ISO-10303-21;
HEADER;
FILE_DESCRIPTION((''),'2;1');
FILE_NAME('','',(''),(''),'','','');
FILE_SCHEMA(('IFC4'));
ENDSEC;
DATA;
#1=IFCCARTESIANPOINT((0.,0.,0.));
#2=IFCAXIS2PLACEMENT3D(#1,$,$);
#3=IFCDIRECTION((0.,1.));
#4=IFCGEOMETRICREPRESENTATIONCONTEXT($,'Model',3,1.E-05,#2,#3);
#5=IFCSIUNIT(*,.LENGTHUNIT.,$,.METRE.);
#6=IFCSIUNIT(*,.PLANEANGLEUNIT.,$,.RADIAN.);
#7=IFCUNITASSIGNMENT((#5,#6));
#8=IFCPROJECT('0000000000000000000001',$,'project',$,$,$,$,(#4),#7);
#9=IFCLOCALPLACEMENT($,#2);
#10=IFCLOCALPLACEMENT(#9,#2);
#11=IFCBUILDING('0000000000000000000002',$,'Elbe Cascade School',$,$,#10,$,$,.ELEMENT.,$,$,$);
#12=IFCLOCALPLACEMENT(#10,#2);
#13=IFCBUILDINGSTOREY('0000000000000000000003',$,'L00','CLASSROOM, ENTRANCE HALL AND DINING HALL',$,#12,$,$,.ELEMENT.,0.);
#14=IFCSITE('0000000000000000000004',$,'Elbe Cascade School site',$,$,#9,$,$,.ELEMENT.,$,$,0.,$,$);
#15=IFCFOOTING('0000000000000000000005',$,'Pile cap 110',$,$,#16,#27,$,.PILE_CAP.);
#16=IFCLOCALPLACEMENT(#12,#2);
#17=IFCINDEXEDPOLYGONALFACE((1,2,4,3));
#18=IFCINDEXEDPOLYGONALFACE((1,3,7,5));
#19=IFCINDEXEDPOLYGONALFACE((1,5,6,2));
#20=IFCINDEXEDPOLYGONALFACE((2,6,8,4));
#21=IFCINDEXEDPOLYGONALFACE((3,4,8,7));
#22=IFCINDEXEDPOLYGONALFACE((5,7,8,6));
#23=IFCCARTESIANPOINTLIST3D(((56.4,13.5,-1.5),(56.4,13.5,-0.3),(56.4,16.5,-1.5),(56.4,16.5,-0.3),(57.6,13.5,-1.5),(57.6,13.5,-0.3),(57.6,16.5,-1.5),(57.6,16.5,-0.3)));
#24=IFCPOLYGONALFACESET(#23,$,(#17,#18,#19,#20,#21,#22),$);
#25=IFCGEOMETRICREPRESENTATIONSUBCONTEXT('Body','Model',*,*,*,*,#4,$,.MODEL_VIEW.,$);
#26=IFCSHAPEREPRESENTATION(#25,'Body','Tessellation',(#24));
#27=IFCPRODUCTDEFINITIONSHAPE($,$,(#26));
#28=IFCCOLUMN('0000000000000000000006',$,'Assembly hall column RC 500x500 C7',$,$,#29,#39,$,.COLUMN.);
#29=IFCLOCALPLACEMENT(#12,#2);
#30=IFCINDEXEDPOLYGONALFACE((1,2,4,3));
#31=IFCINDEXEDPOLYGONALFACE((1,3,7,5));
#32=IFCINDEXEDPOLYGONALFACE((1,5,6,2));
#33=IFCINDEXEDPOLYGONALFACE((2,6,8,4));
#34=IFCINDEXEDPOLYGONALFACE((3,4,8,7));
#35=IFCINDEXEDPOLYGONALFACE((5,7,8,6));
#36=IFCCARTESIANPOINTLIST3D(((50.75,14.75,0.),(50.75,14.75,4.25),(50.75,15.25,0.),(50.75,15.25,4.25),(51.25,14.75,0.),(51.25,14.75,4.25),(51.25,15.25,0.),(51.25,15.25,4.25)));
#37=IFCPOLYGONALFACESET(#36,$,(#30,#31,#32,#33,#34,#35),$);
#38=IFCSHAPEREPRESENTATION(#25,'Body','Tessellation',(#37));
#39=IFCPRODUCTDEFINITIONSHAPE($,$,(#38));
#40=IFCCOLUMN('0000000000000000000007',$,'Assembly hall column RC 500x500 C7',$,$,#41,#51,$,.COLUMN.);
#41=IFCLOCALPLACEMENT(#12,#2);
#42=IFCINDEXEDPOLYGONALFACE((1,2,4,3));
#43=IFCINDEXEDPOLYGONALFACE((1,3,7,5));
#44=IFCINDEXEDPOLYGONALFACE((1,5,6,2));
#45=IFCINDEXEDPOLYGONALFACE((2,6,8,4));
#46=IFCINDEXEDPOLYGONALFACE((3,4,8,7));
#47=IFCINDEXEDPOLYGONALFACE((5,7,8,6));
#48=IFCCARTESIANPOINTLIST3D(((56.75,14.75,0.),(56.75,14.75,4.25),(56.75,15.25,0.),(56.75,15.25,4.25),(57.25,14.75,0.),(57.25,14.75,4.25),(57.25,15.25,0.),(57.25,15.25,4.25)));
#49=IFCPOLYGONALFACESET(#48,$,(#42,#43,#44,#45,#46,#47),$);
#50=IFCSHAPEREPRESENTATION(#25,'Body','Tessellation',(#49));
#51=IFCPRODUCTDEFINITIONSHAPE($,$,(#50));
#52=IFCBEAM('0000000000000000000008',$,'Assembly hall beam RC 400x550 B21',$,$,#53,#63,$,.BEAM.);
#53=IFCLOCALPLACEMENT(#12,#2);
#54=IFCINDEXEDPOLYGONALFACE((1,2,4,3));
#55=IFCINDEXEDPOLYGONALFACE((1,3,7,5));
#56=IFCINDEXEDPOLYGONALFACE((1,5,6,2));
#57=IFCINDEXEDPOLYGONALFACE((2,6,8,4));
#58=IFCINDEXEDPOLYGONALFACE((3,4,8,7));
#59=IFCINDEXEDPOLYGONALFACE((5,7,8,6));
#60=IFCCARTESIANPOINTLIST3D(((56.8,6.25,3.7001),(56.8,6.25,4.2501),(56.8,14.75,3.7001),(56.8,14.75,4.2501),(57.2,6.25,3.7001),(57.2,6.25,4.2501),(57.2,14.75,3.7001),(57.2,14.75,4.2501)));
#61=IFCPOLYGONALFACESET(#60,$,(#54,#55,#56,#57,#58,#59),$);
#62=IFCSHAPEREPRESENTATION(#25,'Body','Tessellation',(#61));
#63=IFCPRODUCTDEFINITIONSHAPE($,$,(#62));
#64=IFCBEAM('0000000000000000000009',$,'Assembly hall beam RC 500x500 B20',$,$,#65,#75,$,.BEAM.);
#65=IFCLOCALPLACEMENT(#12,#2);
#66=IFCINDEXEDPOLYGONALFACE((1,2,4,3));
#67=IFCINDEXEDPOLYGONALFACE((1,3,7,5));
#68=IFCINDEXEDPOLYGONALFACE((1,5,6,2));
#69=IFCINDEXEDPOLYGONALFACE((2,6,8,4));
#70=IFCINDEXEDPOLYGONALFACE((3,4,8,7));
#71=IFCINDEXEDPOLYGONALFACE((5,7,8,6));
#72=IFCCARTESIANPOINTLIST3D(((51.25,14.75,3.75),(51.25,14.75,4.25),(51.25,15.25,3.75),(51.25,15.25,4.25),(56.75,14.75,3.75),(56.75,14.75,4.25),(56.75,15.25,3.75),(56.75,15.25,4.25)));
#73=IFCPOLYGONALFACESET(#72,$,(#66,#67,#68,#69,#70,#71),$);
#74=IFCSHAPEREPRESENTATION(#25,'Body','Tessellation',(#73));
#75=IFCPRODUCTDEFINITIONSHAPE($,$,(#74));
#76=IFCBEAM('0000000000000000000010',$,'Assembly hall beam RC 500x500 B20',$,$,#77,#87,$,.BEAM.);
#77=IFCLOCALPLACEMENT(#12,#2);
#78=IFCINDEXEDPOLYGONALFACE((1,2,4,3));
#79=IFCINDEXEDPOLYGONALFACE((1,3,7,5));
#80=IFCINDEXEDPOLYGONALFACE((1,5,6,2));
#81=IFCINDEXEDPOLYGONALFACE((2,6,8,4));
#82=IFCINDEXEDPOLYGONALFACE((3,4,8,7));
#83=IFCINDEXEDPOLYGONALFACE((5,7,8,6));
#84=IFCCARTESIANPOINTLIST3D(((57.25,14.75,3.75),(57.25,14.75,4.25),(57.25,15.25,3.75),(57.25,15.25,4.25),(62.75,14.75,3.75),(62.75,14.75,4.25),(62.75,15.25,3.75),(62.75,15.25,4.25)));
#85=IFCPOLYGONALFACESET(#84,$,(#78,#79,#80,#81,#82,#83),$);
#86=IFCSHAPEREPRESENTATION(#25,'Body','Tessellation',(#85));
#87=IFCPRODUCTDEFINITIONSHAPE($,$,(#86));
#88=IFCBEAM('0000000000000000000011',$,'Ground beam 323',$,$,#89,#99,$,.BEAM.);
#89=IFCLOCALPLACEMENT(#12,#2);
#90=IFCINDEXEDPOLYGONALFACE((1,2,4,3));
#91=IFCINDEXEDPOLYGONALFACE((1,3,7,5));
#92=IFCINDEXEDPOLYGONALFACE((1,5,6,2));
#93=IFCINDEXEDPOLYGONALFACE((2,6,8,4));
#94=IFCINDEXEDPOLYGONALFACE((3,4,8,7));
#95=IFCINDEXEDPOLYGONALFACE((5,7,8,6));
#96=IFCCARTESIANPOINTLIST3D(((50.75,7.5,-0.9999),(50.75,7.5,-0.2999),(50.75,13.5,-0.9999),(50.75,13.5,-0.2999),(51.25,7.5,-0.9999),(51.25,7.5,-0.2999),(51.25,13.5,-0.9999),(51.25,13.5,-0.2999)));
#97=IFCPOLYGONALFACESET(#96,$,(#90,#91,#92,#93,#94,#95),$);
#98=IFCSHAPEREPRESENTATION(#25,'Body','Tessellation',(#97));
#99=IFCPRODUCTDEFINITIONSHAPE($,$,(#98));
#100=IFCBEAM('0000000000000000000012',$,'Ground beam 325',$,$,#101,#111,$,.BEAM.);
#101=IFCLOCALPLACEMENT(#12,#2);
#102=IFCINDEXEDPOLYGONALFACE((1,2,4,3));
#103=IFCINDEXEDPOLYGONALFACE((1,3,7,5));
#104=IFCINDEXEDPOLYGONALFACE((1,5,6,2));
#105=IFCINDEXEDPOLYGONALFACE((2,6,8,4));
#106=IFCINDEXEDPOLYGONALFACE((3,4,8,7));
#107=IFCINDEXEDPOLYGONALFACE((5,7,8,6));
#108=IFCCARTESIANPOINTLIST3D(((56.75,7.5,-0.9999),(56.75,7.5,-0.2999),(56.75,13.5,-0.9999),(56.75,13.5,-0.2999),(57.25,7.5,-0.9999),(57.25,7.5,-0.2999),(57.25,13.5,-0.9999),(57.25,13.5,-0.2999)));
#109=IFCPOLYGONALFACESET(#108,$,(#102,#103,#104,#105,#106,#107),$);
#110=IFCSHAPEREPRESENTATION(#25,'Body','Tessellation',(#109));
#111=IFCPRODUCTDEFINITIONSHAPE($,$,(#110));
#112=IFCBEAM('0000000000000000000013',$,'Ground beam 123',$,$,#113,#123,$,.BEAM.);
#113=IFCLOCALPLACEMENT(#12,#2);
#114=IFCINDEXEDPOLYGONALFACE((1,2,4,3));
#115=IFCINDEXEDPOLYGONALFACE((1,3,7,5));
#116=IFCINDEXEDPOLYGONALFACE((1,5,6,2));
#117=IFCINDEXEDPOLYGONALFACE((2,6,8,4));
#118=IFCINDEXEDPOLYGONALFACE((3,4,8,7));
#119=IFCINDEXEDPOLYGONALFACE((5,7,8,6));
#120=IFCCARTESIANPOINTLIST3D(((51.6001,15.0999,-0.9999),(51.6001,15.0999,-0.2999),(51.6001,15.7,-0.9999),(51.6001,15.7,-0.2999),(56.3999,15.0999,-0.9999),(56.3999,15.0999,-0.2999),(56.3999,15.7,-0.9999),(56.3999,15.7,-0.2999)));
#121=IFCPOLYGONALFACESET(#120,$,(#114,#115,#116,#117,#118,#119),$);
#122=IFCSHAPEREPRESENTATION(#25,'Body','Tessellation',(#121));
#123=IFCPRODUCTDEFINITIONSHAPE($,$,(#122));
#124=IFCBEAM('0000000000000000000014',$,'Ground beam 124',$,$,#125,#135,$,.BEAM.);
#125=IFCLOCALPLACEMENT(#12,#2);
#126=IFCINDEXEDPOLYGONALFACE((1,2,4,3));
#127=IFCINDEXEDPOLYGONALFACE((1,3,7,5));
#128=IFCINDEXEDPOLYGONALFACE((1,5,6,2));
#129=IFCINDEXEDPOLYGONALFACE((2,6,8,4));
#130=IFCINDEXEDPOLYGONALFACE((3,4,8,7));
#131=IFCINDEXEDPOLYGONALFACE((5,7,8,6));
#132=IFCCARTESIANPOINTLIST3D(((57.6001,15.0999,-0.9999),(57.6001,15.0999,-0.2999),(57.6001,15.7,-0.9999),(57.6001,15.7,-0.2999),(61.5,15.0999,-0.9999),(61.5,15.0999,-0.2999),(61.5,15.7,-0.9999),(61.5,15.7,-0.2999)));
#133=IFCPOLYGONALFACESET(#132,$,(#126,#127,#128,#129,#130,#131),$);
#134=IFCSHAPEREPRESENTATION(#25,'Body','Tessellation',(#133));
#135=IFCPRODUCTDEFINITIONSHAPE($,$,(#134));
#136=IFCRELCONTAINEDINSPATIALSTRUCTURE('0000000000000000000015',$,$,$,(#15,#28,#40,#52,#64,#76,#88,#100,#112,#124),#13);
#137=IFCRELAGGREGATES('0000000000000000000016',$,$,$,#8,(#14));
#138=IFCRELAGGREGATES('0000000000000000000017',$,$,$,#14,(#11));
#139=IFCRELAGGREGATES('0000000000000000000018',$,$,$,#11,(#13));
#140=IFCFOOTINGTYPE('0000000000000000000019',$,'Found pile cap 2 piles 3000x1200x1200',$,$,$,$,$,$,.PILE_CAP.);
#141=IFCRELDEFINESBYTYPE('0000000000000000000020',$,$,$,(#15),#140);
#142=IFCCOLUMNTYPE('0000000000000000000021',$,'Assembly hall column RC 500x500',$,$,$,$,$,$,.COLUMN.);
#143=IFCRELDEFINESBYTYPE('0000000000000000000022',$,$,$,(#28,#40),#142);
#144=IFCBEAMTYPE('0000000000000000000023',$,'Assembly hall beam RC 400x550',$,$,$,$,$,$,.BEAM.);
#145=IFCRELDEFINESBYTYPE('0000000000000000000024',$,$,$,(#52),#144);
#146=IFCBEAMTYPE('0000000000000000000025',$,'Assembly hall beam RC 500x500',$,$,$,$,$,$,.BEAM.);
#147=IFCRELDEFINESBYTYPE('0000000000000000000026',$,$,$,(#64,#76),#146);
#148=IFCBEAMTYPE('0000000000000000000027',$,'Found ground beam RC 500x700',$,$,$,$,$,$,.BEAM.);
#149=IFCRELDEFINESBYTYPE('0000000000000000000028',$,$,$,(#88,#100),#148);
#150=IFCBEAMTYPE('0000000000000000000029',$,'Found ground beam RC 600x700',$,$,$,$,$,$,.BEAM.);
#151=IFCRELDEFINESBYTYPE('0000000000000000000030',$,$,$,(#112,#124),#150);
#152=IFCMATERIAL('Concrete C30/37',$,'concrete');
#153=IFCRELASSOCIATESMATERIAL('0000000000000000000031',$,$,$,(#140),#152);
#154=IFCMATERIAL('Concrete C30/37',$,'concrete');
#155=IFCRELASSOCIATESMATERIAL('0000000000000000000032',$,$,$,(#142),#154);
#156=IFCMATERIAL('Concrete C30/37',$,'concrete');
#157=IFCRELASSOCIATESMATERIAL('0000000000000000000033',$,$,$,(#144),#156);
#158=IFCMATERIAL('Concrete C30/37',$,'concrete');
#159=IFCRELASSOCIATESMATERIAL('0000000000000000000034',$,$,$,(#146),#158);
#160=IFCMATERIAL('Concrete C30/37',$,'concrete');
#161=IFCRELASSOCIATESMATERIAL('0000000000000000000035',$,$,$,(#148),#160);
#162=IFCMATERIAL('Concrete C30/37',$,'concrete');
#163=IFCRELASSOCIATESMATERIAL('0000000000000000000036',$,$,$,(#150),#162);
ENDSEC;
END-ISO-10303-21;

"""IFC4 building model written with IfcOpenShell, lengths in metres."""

from ifc_helpers import new_model, si_unit, direction, frame, origin, origin_2d, place, context, subcontext, project, spatial, rectangle, extrude, material, material_profile, profile_set, type_object, element, save


model = new_model("IFC4")

# Units and contexts
model_context = context("Model", 3, precision=1e-05, world=origin(), true_north=direction((0.0, 1.0)))
body_context = subcontext(model_context, "Body", "Model", "MODEL_VIEW")
ifc_project = project(units=[si_unit("LENGTHUNIT", "METRE"), si_unit("PLANEANGLEUNIT", "RADIAN")], contexts=[model_context])

# Site, building, storey
site_placement = place(None, origin())
site = spatial("IfcSite", under=ifc_project, at=site_placement, Name="Elbe Cascade School site", CompositionType="ELEMENT", RefElevation=0.0)
building_placement = place(site_placement, origin())
building = spatial("IfcBuilding", under=site, at=building_placement, Name="Elbe Cascade School", CompositionType="ELEMENT")
storey_placement = place(building_placement, origin())
storey = spatial("IfcBuildingStorey", under=building, at=storey_placement, Name="L00", Description="CLASSROOM, ENTRANCE HALL AND DINING HALL", CompositionType="ELEMENT", Elevation=0.0)

# Footing
ifc_material_1 = material(Name="Concrete C30/37", Category="concrete")
footing_type = type_object("IfcFootingType", Name="Found pile cap 2 piles 3000x1200x1200", PredefinedType="PILE_CAP", material=ifc_material_1)
for number, where, z_axis, x_axis, name in (
    (1, (57.0, 15.0, -1.5), (0.0, 0.0, 1.0), (1.0, 0.0, 0.0), "Pile cap 110"),
):
    element("IfcFooting", number, at=place(storey_placement, frame(where, z_axis=z_axis, x_axis=x_axis)), inside=storey, type_object=footing_type, Name=name, PredefinedType="PILE_CAP", context=body_context, shape_type="SweptSolid", body=[
        extrude(rectangle(XDim=1.2, YDim=3.0, at=origin_2d()), origin(), (0.0, 0.0, 1.0), 1.2),
    ])

# Columns
ifc_material_2 = material(Name="Concrete C30/37", Category="concrete")
ifc_material_profile_1 = material_profile(ifc_material_2, rectangle(XDim=0.5, YDim=0.5, at=origin_2d()), Name="RC 500x500")
ifc_profile_set_1 = profile_set([ifc_material_profile_1], Name="Concrete C30/37")
column_type = type_object("IfcColumnType", Name="Assembly hall column RC 500x500", PredefinedType="COLUMN", material=ifc_profile_set_1)
for number, where, z_axis, x_axis, name in (
    (2, (51.0, 15.0, 0.0), (0.0, 0.0, 1.0), (1.0, 0.0, 0.0), "Assembly hall column RC 500x500 C7"),
    (3, (57.0, 15.0, 0.0), (0.0, 0.0, 1.0), (1.0, 0.0, 0.0), "Assembly hall column RC 500x500 C7"),
):
    element("IfcColumn", number, at=place(storey_placement, frame(where, z_axis=z_axis, x_axis=x_axis)), inside=storey, type_object=column_type, Name=name, PredefinedType="COLUMN", context=body_context, shape_type="SweptSolid", body=[
        extrude(rectangle(XDim=0.5, YDim=0.5, at=origin_2d()), origin(), (0.0, 0.0, 1.0), 4.25),
    ])

# Beams
ifc_material_3 = material(Name="Concrete C30/37", Category="concrete")
ifc_material_profile_2 = material_profile(ifc_material_3, rectangle(XDim=0.3999, YDim=0.55, at=origin_2d()), Name="RC 400x550")
ifc_profile_set_2 = profile_set([ifc_material_profile_2], Name="Concrete C30/37")
beam_type_1 = type_object("IfcBeamType", Name="Assembly hall beam RC 400x550", PredefinedType="BEAM", material=ifc_profile_set_2)
beam_1_placement = place(storey_placement, frame((57.0, 6.25, 3.9751), z_axis=(0.0, 1.0, 0.0), x_axis=(-1.0, 0.0, 0.0)))
element("IfcBeam", 4, at=beam_1_placement, inside=storey, type_object=beam_type_1, Name="Assembly hall beam RC 400x550 B21", PredefinedType="BEAM", context=body_context, shape_type="SweptSolid", body=[
    extrude(rectangle(XDim=0.3999, YDim=0.55, at=origin_2d()), origin(), (0.0, 0.0, 1.0), 8.5),
])
ifc_material_4 = material(Name="Concrete C30/37", Category="concrete")
ifc_material_profile_3 = material_profile(ifc_material_4, rectangle(XDim=0.5, YDim=0.5, at=origin_2d()), Name="RC 500x500")
ifc_profile_set_3 = profile_set([ifc_material_profile_3], Name="Concrete C30/37")
beam_type_2 = type_object("IfcBeamType", Name="Assembly hall beam RC 500x500", PredefinedType="BEAM", material=ifc_profile_set_3)
for number, where, z_axis, x_axis, name in (
    (5, (51.25, 15.0, 4.0), (1.0, 0.0, 0.0), (0.0, 1.0, 0.0), "Assembly hall beam RC 500x500 B20"),
    (6, (57.25, 15.0, 4.0), (1.0, 0.0, 0.0), (0.0, 1.0, 0.0), "Assembly hall beam RC 500x500 B20"),
):
    element("IfcBeam", number, at=place(storey_placement, frame(where, z_axis=z_axis, x_axis=x_axis)), inside=storey, type_object=beam_type_2, Name=name, PredefinedType="BEAM", context=body_context, shape_type="SweptSolid", body=[
        extrude(rectangle(XDim=0.5, YDim=0.5, at=origin_2d()), origin(), (0.0, 0.0, 1.0), 5.5),
    ])
ifc_material_5 = material(Name="Concrete C30/37", Category="concrete")
ifc_material_profile_4 = material_profile(ifc_material_5, rectangle(XDim=0.5, YDim=0.7, at=origin_2d()), Name="RC 500x700")
ifc_profile_set_4 = profile_set([ifc_material_profile_4], Name="Concrete C30/37")
beam_type_3 = type_object("IfcBeamType", Name="Found ground beam RC 500x700", PredefinedType="BEAM", material=ifc_profile_set_4)
for number, where, z_axis, x_axis, name in (
    (7, (51.0, 7.5, -0.6499), (0.0, 1.0, 0.0), (-1.0, 0.0, 0.0), "Ground beam 323"),
    (8, (57.0, 7.5, -0.6499), (0.0, 1.0, 0.0), (-1.0, 0.0, 0.0), "Ground beam 325"),
):
    element("IfcBeam", number, at=place(storey_placement, frame(where, z_axis=z_axis, x_axis=x_axis)), inside=storey, type_object=beam_type_3, Name=name, PredefinedType="BEAM", context=body_context, shape_type="SweptSolid", body=[
        extrude(rectangle(XDim=0.5, YDim=0.7, at=origin_2d()), origin(), (0.0, 0.0, 1.0), 6.0),
    ])
ifc_material_6 = material(Name="Concrete C30/37", Category="concrete")
ifc_material_profile_5 = material_profile(ifc_material_6, rectangle(XDim=0.6001, YDim=0.7, at=origin_2d()), Name="RC 600x700")
ifc_profile_set_5 = profile_set([ifc_material_profile_5], Name="Concrete C30/37")
beam_type_4 = type_object("IfcBeamType", Name="Found ground beam RC 600x700", PredefinedType="BEAM", material=ifc_profile_set_5)
beam_2_placement = place(storey_placement, frame((51.6001, 15.3999, -0.6499), z_axis=(1.0, 0.0, 0.0), x_axis=(0.0, 1.0, 0.0)))
element("IfcBeam", 9, at=beam_2_placement, inside=storey, type_object=beam_type_4, Name="Ground beam 123", PredefinedType="BEAM", context=body_context, shape_type="SweptSolid", body=[
    extrude(rectangle(XDim=0.6001, YDim=0.7, at=origin_2d()), origin(), (0.0, 0.0, 1.0), 4.7998),
])
beam_3_placement = place(storey_placement, frame((57.6001, 15.3999, -0.6499), z_axis=(1.0, 0.0, 0.0), x_axis=(0.0, 1.0, 0.0)))
element("IfcBeam", 10, at=beam_3_placement, inside=storey, type_object=beam_type_4, Name="Ground beam 124", PredefinedType="BEAM", context=body_context, shape_type="SweptSolid", body=[
    extrude(rectangle(XDim=0.6001, YDim=0.7, at=origin_2d()), origin(), (0.0, 0.0, 1.0), 3.8999),
])

save(model, "model.ifc")
